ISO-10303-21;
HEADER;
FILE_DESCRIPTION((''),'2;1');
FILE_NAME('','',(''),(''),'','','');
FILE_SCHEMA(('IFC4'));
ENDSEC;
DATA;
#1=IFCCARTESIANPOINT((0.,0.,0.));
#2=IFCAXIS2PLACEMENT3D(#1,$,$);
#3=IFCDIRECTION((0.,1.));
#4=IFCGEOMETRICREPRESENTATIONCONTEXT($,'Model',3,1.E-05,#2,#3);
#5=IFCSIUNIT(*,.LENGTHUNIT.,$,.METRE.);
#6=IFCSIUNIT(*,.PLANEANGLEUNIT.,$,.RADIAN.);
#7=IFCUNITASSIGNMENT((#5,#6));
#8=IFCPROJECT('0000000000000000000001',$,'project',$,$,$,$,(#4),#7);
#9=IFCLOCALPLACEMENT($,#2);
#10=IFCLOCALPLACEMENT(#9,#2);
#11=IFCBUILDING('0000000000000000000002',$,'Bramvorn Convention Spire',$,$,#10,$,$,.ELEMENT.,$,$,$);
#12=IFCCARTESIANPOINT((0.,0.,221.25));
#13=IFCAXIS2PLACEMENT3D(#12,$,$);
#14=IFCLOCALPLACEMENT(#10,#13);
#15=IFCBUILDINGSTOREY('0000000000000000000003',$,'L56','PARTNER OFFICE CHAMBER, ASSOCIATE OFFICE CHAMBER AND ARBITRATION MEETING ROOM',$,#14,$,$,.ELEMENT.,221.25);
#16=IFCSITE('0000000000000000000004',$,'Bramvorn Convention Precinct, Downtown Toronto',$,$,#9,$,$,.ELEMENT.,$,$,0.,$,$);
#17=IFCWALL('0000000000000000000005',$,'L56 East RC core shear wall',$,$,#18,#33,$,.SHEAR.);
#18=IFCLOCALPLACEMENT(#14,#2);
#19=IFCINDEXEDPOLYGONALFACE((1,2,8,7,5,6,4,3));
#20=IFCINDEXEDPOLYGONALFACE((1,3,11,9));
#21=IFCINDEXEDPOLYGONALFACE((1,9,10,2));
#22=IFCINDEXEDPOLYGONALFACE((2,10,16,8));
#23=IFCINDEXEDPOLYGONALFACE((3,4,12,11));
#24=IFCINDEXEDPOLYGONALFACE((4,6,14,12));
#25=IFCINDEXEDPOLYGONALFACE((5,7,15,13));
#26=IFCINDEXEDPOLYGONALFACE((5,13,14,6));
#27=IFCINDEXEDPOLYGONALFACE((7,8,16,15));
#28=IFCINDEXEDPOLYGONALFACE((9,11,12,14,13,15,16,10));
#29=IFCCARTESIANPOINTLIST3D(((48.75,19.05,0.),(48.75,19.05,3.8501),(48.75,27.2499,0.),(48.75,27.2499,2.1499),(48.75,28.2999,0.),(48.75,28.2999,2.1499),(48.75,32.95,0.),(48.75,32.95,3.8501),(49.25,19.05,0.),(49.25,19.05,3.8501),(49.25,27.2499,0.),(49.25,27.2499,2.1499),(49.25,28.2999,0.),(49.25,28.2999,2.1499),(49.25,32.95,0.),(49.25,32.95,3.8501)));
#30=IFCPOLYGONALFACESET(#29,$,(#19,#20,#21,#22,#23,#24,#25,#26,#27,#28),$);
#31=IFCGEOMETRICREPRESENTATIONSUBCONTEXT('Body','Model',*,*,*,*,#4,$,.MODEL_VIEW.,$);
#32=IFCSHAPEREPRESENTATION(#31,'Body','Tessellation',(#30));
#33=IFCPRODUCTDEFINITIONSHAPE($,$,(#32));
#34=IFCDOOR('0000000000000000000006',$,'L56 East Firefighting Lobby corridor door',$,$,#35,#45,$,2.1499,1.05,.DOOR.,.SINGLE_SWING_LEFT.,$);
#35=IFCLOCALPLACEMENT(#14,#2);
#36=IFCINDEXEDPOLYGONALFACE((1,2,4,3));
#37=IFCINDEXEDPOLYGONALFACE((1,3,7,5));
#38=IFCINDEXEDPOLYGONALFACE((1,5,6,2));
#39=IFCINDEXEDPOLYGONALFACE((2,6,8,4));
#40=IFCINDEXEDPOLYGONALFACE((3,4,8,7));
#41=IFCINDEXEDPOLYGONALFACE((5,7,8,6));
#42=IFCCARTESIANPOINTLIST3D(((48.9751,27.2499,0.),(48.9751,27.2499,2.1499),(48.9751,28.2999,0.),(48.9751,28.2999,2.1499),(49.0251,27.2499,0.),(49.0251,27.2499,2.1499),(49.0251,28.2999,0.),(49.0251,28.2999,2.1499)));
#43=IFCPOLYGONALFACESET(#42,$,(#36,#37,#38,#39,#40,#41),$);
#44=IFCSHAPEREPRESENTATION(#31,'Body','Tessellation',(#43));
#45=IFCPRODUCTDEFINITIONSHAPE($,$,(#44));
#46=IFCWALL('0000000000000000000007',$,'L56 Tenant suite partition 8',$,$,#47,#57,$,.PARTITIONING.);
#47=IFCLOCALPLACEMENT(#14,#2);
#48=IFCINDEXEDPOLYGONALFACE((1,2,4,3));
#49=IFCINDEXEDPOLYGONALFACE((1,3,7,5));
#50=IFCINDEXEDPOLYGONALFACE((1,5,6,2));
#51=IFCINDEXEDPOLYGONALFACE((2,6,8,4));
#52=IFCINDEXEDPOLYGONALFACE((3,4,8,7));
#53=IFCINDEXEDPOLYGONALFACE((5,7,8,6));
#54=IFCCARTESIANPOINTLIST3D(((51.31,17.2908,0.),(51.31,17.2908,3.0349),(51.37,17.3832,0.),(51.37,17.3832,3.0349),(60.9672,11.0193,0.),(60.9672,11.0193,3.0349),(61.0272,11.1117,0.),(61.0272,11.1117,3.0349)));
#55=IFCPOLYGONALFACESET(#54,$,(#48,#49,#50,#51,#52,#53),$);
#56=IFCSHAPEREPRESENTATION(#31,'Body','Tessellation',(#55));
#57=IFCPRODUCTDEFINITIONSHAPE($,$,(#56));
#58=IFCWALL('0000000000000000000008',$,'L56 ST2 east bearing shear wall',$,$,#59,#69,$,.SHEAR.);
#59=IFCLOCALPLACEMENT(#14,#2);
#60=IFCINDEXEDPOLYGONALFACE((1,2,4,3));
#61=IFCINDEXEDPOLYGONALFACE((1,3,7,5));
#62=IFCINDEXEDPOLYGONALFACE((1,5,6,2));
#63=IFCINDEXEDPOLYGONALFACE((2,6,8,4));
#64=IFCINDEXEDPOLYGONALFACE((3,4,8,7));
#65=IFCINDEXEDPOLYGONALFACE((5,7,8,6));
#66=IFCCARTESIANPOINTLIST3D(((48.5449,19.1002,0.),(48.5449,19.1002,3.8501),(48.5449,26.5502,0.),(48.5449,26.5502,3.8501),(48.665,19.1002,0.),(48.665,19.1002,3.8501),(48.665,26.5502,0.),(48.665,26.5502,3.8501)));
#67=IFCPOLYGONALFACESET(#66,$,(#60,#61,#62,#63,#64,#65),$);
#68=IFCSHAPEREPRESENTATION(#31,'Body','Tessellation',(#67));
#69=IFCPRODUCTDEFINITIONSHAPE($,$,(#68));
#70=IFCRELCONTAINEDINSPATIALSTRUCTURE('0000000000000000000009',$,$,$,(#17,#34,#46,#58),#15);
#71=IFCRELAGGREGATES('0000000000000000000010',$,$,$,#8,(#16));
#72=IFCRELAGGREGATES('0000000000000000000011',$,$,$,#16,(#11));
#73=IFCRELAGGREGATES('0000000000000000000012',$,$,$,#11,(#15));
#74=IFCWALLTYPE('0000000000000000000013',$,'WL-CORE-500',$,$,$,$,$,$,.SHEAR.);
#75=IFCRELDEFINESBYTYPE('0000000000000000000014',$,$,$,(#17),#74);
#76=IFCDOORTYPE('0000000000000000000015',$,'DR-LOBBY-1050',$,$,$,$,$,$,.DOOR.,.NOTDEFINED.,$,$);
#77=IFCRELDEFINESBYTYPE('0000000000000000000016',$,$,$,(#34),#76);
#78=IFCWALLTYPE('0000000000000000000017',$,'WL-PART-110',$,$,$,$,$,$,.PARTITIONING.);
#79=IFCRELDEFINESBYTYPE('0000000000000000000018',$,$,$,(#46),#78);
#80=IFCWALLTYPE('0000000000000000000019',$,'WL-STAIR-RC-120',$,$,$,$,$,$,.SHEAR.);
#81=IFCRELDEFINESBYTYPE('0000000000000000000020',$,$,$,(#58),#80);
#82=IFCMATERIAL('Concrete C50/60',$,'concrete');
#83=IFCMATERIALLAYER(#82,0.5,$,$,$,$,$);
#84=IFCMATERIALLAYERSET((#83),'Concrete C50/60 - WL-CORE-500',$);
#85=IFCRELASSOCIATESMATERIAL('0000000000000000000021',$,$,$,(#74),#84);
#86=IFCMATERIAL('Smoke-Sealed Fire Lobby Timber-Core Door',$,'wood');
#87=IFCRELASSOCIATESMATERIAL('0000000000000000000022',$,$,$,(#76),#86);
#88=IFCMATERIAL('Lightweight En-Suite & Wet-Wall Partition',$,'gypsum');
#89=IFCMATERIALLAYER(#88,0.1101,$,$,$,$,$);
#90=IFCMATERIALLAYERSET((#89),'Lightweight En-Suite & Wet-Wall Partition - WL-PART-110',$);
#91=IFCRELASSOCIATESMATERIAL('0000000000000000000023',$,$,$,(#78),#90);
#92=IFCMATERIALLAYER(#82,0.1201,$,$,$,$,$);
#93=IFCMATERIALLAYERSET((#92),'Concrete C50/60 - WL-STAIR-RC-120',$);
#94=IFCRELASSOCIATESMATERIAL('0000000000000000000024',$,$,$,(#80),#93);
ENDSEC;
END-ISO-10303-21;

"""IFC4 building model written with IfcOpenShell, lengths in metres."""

from ifc_helpers import new_model, si_unit, direction, frame, frame_2d, origin, place, context, subcontext, project, spatial, rectangle, extrude, material, layer, layer_set, type_object, element, fill, save


model = new_model("IFC4")

# Units and contexts
model_context = context("Model", 3, precision=1e-05, world=origin(), true_north=direction((0.0, 1.0)))
body_context = subcontext(model_context, "Body", "Model", "MODEL_VIEW")
ifc_project = project(units=[si_unit("LENGTHUNIT", "METRE"), si_unit("PLANEANGLEUNIT", "RADIAN")], contexts=[model_context])

# Site, building, storey
site_placement = place(None, origin())
site = spatial("IfcSite", under=ifc_project, at=site_placement, Name="Bramvorn Convention Precinct, Downtown Toronto", CompositionType="ELEMENT", RefElevation=0.0)
building_placement = place(site_placement, origin())
building = spatial("IfcBuilding", under=site, at=building_placement, Name="Bramvorn Convention Spire", CompositionType="ELEMENT")
storey_placement = place(building_placement, frame((0.0, 0.0, 221.25)))
storey = spatial("IfcBuildingStorey", under=building, at=storey_placement, Name="L56", Description="PARTNER OFFICE CHAMBER, ASSOCIATE OFFICE CHAMBER AND ARBITRATION MEETING ROOM", CompositionType="ELEMENT", Elevation=221.25)

# Wall, opening, door
ifc_material_1 = material(Name="Concrete C50/60", Category="concrete")
ifc_layer_1 = layer(ifc_material_1, 0.5)
ifc_layer_set_1 = layer_set([ifc_layer_1], Name="Concrete C50/60 - WL-CORE-500")
wall_type_1 = type_object("IfcWallType", Name="WL-CORE-500", PredefinedType="SHEAR", material=ifc_layer_set_1)
wall_1_placement = place(storey_placement, frame((49.0, 19.05, 0.0), z_axis=(0.0, 0.0, 1.0), x_axis=(0.0, 1.0, 0.0)))
wall_1 = element("IfcWall", 1, at=wall_1_placement, inside=storey, type_object=wall_type_1, Name="L56 East RC core shear wall", PredefinedType="SHEAR", context=body_context, shape_type="SweptSolid", body=[
    extrude(rectangle(XDim=13.8999, YDim=0.5, at=frame_2d((6.95, 0.0))), origin(), (0.0, 0.0, 1.0), 3.8501),
])
opening_placement = place(wall_1_placement, frame((8.2, 0.0, 0.0)))
opening = element("IfcOpeningElement", 2, at=opening_placement, cuts=wall_1, PredefinedType="OPENING", context=body_context, shape_type="SweptSolid", body=[
    extrude(rectangle(XDim=1.05, YDim=2.1499, at=frame_2d((0.5249, 1.075))), frame((0.0, 0.26, 0.0), z_axis=(0.0, -1.0, 0.0), x_axis=(1.0, 0.0, 0.0)), (0.0, 0.0, 1.0), 0.52),
])
ifc_material_2 = material(Name="Smoke-Sealed Fire Lobby Timber-Core Door", Category="wood")
door_type = type_object("IfcDoorType", Name="DR-LOBBY-1050", OperationType="NOTDEFINED", PredefinedType="DOOR", material=ifc_material_2)
door_placement = place(opening_placement, origin())
door = element("IfcDoor", 3, at=door_placement, inside=storey, type_object=door_type, Name="L56 East Firefighting Lobby corridor door", OperationType="SINGLE_SWING_LEFT", OverallHeight=2.1499, OverallWidth=1.05, PredefinedType="DOOR", context=body_context, shape_type="SweptSolid", body=[
    extrude(rectangle(XDim=1.05, YDim=2.1499, at=frame_2d((0.5249, 1.075))), frame((0.0, 0.0249, 0.0), z_axis=(0.0, -1.0, 0.0), x_axis=(1.0, 0.0, 0.0)), (0.0, 0.0, 1.0), 0.05),
])
fill(opening, door)

# Walls
ifc_material_3 = material(Name="Lightweight En-Suite & Wet-Wall Partition", Category="gypsum")
ifc_layer_2 = layer(ifc_material_3, 0.1101)
ifc_layer_set_2 = layer_set([ifc_layer_2], Name="Lightweight En-Suite & Wet-Wall Partition - WL-PART-110")
wall_type_2 = type_object("IfcWallType", Name="WL-PART-110", PredefinedType="PARTITIONING", material=ifc_layer_set_2)
wall_2_placement = place(storey_placement, frame((51.3401, 17.3369, 0.0), z_axis=(0.0, 0.0, 1.0), x_axis=(0.83867, -0.54464, 0.0)))
element("IfcWall", 4, at=wall_2_placement, inside=storey, type_object=wall_type_2, Name="L56 Tenant suite partition 8", PredefinedType="PARTITIONING", context=body_context, shape_type="SweptSolid", body=[
    extrude(rectangle(XDim=11.5149, YDim=0.1101, at=frame_2d((5.7573, 0.0))), origin(), (0.0, 0.0, 1.0), 3.0349),
])
ifc_layer_3 = layer(ifc_material_1, 0.1201)
ifc_layer_set_3 = layer_set([ifc_layer_3], Name="Concrete C50/60 - WL-STAIR-RC-120")
wall_type_3 = type_object("IfcWallType", Name="WL-STAIR-RC-120", PredefinedType="SHEAR", material=ifc_layer_set_3)
wall_3_placement = place(storey_placement, frame((48.605, 19.1001, 0.0), z_axis=(0.0, 0.0, 1.0), x_axis=(0.0, 1.0, 0.0)))
element("IfcWall", 5, at=wall_3_placement, inside=storey, type_object=wall_type_3, Name="L56 ST2 east bearing shear wall", PredefinedType="SHEAR", context=body_context, shape_type="SweptSolid", body=[
    extrude(rectangle(XDim=7.45, YDim=0.1201, at=frame_2d((3.7251, 0.0))), origin(), (0.0, 0.0, 1.0), 3.8501),
])

save(model, "model.ifc")
